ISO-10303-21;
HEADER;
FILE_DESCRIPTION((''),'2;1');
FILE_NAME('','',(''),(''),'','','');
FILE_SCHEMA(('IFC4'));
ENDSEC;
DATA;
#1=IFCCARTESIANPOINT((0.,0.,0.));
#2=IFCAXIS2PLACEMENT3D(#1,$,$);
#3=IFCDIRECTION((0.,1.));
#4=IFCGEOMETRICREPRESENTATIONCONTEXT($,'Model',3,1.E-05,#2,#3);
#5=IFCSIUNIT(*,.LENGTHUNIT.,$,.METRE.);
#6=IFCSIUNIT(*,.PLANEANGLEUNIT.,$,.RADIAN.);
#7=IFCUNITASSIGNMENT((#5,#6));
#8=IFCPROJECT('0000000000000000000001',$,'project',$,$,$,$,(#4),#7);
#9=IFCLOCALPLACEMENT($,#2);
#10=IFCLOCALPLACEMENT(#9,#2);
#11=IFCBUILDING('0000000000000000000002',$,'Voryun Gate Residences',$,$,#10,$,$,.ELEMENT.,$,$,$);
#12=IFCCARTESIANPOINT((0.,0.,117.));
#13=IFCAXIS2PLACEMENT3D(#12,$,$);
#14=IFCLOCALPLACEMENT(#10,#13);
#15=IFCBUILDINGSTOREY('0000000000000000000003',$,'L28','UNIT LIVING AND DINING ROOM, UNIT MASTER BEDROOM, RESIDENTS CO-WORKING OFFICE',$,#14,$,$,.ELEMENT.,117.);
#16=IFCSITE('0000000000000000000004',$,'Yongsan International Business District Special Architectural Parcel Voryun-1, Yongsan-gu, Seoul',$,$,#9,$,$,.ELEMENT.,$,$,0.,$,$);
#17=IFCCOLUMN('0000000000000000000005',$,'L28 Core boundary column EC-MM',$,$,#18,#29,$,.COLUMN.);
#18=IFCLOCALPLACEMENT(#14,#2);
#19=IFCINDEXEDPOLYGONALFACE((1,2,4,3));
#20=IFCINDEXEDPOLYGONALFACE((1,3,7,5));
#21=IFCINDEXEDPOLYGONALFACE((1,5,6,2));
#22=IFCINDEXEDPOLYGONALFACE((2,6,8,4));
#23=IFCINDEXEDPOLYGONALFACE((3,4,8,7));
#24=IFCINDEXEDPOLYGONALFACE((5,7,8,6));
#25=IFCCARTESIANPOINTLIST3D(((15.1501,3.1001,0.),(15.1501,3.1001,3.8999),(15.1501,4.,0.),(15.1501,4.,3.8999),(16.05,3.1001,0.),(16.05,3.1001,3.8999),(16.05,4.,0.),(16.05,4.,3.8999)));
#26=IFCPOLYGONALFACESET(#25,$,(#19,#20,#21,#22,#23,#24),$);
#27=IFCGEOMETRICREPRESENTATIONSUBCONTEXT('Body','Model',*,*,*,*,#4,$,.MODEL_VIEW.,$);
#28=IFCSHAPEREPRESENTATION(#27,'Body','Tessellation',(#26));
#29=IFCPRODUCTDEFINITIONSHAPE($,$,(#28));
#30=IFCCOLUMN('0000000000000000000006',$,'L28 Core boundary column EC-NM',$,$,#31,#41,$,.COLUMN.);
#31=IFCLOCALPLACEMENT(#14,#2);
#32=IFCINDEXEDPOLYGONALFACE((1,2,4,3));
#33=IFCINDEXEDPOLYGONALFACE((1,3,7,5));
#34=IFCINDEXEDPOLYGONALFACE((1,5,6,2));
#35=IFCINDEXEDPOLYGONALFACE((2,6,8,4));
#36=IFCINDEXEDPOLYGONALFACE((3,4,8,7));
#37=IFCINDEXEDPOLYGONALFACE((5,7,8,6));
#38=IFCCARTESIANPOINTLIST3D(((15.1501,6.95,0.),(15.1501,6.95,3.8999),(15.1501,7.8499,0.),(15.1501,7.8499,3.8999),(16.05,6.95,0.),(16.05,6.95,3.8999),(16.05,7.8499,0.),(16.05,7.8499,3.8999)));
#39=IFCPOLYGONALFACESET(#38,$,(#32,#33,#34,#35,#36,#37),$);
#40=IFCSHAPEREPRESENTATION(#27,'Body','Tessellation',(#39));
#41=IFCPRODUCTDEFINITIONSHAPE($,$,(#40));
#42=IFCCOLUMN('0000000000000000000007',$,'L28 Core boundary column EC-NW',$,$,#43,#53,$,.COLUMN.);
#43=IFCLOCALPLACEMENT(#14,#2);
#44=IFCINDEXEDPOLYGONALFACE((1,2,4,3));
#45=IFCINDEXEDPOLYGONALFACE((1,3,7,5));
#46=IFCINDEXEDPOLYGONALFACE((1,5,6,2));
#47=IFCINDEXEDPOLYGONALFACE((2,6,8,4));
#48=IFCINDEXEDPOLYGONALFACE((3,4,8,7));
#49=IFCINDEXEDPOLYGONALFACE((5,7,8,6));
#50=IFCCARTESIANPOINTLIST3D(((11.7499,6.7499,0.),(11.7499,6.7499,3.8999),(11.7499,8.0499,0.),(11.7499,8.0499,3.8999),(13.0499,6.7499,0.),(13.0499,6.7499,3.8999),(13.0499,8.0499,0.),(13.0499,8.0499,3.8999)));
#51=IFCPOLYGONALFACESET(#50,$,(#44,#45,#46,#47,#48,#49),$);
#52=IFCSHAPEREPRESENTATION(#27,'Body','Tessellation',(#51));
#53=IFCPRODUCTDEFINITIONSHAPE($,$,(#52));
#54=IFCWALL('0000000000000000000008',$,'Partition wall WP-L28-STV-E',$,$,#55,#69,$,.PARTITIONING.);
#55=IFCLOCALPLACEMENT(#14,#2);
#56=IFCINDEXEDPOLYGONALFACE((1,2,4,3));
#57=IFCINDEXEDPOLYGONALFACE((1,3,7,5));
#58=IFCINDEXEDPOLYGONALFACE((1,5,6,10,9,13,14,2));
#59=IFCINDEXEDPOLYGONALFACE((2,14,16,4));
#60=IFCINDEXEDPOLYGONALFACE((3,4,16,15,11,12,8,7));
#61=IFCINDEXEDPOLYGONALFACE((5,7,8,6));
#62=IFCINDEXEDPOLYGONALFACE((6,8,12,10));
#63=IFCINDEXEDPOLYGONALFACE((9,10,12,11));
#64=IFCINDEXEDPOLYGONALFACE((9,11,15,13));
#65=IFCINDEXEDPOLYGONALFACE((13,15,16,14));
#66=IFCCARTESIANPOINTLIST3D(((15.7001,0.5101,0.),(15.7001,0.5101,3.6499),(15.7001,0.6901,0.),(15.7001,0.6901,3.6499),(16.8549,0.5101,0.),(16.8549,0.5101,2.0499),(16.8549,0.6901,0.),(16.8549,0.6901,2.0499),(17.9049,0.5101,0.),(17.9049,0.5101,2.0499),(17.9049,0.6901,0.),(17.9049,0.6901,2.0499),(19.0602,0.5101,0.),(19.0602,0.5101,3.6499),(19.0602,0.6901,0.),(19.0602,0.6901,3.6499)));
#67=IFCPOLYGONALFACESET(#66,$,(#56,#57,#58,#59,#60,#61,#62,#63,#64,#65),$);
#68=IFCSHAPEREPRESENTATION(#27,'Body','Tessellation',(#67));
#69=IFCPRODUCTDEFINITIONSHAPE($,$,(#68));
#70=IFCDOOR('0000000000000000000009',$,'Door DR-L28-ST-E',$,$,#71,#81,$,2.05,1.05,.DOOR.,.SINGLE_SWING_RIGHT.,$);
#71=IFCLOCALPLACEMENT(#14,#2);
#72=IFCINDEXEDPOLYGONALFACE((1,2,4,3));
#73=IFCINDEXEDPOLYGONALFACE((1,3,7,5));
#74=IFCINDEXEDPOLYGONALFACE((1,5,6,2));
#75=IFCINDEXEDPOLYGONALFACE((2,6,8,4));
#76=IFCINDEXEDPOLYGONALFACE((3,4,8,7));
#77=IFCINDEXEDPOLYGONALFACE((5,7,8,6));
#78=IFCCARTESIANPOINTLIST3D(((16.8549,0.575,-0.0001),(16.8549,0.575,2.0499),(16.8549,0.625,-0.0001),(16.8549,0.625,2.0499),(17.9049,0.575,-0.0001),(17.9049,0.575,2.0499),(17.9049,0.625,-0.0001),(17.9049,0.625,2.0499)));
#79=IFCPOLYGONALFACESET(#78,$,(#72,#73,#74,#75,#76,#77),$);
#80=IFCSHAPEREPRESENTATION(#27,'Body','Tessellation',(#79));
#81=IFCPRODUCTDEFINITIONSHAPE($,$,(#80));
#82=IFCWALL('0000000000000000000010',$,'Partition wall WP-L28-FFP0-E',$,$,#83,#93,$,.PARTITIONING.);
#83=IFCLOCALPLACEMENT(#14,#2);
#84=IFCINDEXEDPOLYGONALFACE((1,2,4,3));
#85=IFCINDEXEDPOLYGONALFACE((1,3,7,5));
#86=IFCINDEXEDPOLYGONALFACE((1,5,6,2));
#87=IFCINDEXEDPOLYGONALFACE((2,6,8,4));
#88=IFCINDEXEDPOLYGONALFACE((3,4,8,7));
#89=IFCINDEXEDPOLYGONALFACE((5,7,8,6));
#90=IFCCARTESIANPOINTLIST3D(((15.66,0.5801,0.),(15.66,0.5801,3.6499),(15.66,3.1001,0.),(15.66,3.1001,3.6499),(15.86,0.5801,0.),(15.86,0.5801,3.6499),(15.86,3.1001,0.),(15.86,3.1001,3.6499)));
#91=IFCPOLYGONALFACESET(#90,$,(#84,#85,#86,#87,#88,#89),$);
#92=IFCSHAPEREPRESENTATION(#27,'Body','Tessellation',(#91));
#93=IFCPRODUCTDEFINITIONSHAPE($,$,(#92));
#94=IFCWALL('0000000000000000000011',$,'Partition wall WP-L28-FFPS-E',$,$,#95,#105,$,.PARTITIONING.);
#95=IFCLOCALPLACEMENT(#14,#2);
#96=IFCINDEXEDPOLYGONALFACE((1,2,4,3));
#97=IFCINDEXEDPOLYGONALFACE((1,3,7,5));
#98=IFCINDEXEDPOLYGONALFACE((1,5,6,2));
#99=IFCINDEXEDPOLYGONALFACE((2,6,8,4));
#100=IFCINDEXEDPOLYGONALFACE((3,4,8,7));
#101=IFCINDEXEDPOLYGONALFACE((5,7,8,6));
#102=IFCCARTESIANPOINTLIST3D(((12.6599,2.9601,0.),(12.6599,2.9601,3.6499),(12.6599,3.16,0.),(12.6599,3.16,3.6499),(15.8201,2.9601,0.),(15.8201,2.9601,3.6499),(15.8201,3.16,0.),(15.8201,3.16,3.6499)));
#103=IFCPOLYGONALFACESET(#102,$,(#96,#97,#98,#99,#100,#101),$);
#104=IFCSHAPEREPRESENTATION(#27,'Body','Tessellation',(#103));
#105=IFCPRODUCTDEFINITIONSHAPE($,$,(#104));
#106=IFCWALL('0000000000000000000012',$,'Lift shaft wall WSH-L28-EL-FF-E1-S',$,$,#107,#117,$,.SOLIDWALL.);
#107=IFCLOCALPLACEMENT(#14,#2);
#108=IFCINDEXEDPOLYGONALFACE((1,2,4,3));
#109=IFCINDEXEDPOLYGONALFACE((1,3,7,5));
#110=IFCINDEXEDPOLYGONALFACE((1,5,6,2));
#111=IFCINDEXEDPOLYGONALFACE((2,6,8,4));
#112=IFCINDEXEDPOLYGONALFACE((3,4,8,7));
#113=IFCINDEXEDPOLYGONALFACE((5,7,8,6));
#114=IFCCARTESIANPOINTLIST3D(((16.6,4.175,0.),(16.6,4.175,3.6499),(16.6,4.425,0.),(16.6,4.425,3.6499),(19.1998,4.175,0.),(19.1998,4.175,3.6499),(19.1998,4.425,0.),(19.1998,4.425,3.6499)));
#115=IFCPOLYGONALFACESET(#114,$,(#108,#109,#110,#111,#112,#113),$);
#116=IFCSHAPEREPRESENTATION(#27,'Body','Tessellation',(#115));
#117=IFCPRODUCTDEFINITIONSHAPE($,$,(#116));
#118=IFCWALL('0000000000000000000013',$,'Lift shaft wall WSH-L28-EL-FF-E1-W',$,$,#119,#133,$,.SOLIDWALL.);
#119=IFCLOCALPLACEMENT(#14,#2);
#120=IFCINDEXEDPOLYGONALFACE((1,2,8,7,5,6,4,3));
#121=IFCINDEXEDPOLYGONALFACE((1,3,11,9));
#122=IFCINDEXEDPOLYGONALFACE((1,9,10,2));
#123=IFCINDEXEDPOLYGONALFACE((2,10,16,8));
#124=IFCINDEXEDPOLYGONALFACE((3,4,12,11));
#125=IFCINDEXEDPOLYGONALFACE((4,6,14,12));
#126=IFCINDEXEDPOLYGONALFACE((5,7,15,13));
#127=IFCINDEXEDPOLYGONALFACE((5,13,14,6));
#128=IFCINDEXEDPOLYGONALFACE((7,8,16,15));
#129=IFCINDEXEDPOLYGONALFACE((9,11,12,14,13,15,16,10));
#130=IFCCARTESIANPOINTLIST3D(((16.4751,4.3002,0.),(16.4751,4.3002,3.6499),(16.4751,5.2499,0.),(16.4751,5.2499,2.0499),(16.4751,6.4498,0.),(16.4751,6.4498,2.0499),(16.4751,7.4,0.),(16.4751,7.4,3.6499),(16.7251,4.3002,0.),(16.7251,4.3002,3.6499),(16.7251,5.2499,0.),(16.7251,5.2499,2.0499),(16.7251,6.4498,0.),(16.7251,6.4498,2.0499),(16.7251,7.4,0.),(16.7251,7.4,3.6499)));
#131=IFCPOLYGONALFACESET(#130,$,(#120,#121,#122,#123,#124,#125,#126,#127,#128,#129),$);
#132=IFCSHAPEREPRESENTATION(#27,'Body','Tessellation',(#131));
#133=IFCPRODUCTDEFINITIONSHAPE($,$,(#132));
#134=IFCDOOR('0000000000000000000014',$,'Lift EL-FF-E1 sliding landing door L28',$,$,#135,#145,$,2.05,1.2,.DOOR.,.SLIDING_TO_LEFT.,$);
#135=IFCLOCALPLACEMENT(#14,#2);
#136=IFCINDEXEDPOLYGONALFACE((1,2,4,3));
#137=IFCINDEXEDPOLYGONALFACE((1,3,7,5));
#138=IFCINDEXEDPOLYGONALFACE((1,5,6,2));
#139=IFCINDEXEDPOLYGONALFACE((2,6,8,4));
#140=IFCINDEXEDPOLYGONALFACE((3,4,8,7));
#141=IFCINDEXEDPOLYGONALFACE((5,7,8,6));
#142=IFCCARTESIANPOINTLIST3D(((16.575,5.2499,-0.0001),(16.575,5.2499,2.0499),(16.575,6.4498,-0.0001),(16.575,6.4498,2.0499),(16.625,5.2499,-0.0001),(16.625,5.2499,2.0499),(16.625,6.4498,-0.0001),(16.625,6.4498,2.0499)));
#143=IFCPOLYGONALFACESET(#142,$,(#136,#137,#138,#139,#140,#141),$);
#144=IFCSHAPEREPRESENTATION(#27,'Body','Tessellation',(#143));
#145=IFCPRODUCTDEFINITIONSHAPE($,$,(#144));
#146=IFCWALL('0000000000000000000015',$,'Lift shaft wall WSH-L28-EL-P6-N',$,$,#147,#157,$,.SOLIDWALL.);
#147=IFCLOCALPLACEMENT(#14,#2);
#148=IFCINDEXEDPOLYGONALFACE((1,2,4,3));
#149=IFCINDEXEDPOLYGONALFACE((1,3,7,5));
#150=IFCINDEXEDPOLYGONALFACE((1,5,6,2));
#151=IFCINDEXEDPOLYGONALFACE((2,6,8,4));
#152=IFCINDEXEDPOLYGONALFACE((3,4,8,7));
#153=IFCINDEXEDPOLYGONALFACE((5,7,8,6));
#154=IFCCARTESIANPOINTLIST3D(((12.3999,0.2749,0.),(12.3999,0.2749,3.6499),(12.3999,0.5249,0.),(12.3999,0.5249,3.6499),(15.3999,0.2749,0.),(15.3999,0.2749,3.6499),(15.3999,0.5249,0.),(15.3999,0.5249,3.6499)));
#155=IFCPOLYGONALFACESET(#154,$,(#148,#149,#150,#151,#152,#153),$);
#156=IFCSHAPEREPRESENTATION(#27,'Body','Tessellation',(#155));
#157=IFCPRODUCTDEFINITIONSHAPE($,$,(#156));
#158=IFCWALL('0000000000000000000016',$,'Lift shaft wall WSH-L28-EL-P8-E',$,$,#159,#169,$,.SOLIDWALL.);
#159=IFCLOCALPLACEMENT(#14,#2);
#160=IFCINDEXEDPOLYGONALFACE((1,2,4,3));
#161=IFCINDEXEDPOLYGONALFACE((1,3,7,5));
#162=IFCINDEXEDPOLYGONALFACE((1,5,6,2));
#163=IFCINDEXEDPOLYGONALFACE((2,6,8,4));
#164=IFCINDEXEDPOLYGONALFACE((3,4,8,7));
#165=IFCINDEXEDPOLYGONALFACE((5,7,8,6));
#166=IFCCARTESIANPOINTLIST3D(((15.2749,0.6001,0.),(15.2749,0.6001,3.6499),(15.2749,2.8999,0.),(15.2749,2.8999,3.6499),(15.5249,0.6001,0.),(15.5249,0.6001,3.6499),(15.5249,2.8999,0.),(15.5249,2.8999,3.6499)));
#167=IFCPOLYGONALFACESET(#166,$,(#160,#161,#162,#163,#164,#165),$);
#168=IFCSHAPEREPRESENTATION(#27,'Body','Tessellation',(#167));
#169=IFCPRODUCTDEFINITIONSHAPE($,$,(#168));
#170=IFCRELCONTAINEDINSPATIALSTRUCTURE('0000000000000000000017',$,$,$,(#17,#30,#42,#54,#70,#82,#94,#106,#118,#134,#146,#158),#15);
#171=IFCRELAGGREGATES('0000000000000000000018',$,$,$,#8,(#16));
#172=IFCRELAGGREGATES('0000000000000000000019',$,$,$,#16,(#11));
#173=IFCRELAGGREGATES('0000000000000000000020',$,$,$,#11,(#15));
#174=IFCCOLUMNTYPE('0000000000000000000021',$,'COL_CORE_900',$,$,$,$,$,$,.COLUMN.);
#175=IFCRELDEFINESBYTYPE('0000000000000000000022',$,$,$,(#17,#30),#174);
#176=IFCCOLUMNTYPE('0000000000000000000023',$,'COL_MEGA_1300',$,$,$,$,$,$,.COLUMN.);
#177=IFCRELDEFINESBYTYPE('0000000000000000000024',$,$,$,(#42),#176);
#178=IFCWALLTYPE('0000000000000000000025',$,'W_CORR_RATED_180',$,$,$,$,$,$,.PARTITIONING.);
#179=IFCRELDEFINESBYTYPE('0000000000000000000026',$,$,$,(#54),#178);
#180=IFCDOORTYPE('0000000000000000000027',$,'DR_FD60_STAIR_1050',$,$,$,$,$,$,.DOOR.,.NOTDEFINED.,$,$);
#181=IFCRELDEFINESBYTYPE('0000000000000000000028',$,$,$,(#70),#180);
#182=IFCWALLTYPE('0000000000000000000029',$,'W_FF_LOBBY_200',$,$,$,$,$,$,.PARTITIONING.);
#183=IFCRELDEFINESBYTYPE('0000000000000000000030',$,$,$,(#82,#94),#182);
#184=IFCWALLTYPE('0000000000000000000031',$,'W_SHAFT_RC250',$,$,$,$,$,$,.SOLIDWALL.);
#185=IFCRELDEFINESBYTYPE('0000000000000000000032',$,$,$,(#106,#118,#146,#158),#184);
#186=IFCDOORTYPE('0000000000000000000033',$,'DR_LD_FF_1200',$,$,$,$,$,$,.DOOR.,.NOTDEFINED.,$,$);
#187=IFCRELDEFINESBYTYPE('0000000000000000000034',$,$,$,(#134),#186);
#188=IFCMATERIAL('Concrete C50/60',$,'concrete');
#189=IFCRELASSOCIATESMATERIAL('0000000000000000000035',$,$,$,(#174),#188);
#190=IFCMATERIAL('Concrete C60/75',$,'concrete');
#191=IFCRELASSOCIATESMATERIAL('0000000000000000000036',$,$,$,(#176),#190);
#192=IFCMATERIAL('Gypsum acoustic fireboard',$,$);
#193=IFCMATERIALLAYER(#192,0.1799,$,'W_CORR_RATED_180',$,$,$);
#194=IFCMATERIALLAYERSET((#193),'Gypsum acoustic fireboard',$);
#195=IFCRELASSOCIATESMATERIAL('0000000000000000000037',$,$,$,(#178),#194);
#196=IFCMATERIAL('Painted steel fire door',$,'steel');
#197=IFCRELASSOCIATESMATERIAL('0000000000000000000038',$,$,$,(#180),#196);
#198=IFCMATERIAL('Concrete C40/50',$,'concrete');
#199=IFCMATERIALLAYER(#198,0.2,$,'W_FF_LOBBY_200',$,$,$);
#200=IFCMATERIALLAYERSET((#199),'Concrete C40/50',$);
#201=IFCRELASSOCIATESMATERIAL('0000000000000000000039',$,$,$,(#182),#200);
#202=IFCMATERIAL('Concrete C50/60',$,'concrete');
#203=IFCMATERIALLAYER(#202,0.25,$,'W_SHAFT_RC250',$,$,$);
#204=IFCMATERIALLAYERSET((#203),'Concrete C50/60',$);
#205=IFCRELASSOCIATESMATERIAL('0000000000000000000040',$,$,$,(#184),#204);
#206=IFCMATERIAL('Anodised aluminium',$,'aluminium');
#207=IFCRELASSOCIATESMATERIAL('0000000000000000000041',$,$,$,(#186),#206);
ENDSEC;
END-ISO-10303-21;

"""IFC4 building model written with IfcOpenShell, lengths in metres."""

from ifc_helpers import new_model, si_unit, direction, frame, frame_2d, origin, origin_2d, place, context, subcontext, project, spatial, rectangle, extrude, material, layer, layer_set, material_profile, profile_set, type_object, element, fill, save


model = new_model("IFC4")

# Units and contexts
model_context = context("Model", 3, precision=1e-05, world=origin(), true_north=direction((0.0, 1.0)))
body_context = subcontext(model_context, "Body", "Model", "MODEL_VIEW")
ifc_project = project(units=[si_unit("LENGTHUNIT", "METRE"), si_unit("PLANEANGLEUNIT", "RADIAN")], contexts=[model_context])

# Site, building, storey
site_placement = place(None, origin())
site = spatial("IfcSite", under=ifc_project, at=site_placement, Name="Yongsan International Business District Special Architectural Parcel Voryun-1, Yongsan-gu, Seoul", CompositionType="ELEMENT", RefElevation=0.0)
building_placement = place(site_placement, origin())
building = spatial("IfcBuilding", under=site, at=building_placement, Name="Voryun Gate Residences", CompositionType="ELEMENT")
storey_placement = place(building_placement, frame((0.0, 0.0, 117.0)))
storey = spatial("IfcBuildingStorey", under=building, at=storey_placement, Name="L28", Description="UNIT LIVING AND DINING ROOM, UNIT MASTER BEDROOM, RESIDENTS CO-WORKING OFFICE", CompositionType="ELEMENT", Elevation=117.0)

# Columns
ifc_material_1 = material(Name="Concrete C50/60", Category="concrete")
ifc_material_profile_1 = material_profile(ifc_material_1, rectangle(XDim=0.8999, YDim=0.8999, at=origin_2d()), Name="RC-900x900")
ifc_profile_set_1 = profile_set([ifc_material_profile_1], Name="Concrete C50/60")
column_type_1 = type_object("IfcColumnType", Name="COL_CORE_900", PredefinedType="COLUMN", material=ifc_profile_set_1)
for number, where, z_axis, x_axis, name in (
    (1, (15.6001, 3.55, 0.0), (0.0, 0.0, 1.0), (1.0, 0.0, 0.0), "L28 Core boundary column EC-MM"),
    (2, (15.6001, 7.3999, 0.0), (0.0, 0.0, 1.0), (1.0, 0.0, 0.0), "L28 Core boundary column EC-NM"),
):
    element("IfcColumn", number, at=place(storey_placement, frame(where, z_axis=z_axis, x_axis=x_axis)), inside=storey, type_object=column_type_1, Name=name, PredefinedType="COLUMN", context=body_context, shape_type="SweptSolid", body=[
        extrude(rectangle(XDim=0.8999, YDim=0.8999, at=origin_2d()), origin(), (0.0, 0.0, 1.0), 3.8999),
    ])
ifc_material_2 = material(Name="Concrete C60/75", Category="concrete")
ifc_material_profile_2 = material_profile(ifc_material_2, rectangle(XDim=1.3, YDim=1.3, at=origin_2d()), Name="RC-1300x1300")
ifc_profile_set_2 = profile_set([ifc_material_profile_2], Name="Concrete C60/75")
column_type_2 = type_object("IfcColumnType", Name="COL_MEGA_1300", PredefinedType="COLUMN", material=ifc_profile_set_2)
column_placement = place(storey_placement, frame((12.3999, 7.3999, 0.0), z_axis=(0.0, 0.0, 1.0), x_axis=(1.0, 0.0, 0.0)))
element("IfcColumn", 3, at=column_placement, inside=storey, type_object=column_type_2, Name="L28 Core boundary column EC-NW", PredefinedType="COLUMN", context=body_context, shape_type="SweptSolid", body=[
    extrude(rectangle(XDim=1.3, YDim=1.3, at=origin_2d()), origin(), (0.0, 0.0, 1.0), 3.8999),
])

# Wall, opening, door
ifc_material_3 = material(Name="Gypsum acoustic fireboard")
ifc_layer_1 = layer(ifc_material_3, 0.1799, Name="W_CORR_RATED_180")
ifc_layer_set_1 = layer_set([ifc_layer_1], Name="Gypsum acoustic fireboard")
wall_type_1 = type_object("IfcWallType", Name="W_CORR_RATED_180", PredefinedType="PARTITIONING", material=ifc_layer_set_1)
wall_1_placement = place(storey_placement, frame((15.7, 0.6001, 0.0), z_axis=(0.0, 0.0, 1.0), x_axis=(1.0, 0.0, 0.0)))
wall_1 = element("IfcWall", 4, at=wall_1_placement, inside=storey, type_object=wall_type_1, Name="Partition wall WP-L28-STV-E", PredefinedType="PARTITIONING", context=body_context, shape_type="SweptSolid", body=[
    extrude(rectangle(XDim=3.3601, YDim=0.1799, at=frame_2d((1.6802, 0.0))), origin(), (0.0, 0.0, 1.0), 3.6499),
])
opening_1_placement = place(wall_1_placement, frame((1.155, 0.0, 0.0)))
opening_1 = element("IfcOpeningElement", 5, at=opening_1_placement, cuts=wall_1, PredefinedType="OPENING", context=body_context, shape_type="SweptSolid", body=[
    extrude(rectangle(XDim=1.05, YDim=2.05, at=frame_2d((0.5249, 1.0249))), frame((0.0, 0.0999, 0.0), z_axis=(0.0, -1.0, 0.0), x_axis=(1.0, 0.0, 0.0)), (0.0, 0.0, 1.0), 0.2),
])
ifc_material_4 = material(Name="Painted steel fire door", Category="steel")
door_type_1 = type_object("IfcDoorType", Name="DR_FD60_STAIR_1050", OperationType="NOTDEFINED", PredefinedType="DOOR", material=ifc_material_4)
door_1_placement = place(opening_1_placement, origin())
door_1 = element("IfcDoor", 6, at=door_1_placement, inside=storey, type_object=door_type_1, Name="Door DR-L28-ST-E", OperationType="SINGLE_SWING_RIGHT", OverallHeight=2.05, OverallWidth=1.05, PredefinedType="DOOR", context=body_context, shape_type="SweptSolid", body=[
    extrude(rectangle(XDim=1.05, YDim=2.05, at=frame_2d((0.5249, 1.0249))), frame((0.0, 0.0249, 0.0), z_axis=(0.0, -1.0, 0.0), x_axis=(1.0, 0.0, 0.0)), (0.0, 0.0, 1.0), 0.05),
])
fill(opening_1, door_1)

# Walls
ifc_material_5 = material(Name="Concrete C40/50", Category="concrete")
ifc_layer_2 = layer(ifc_material_5, 0.2, Name="W_FF_LOBBY_200")
ifc_layer_set_2 = layer_set([ifc_layer_2], Name="Concrete C40/50")
wall_type_2 = type_object("IfcWallType", Name="W_FF_LOBBY_200", PredefinedType="PARTITIONING", material=ifc_layer_set_2)
wall_2_placement = place(storey_placement, frame((15.76, 0.5801, 0.0), z_axis=(0.0, 0.0, 1.0), x_axis=(0.0, 1.0, 0.0)))
element("IfcWall", 7, at=wall_2_placement, inside=storey, type_object=wall_type_2, Name="Partition wall WP-L28-FFP0-E", PredefinedType="PARTITIONING", context=body_context, shape_type="SweptSolid", body=[
    extrude(rectangle(XDim=2.52, YDim=0.2, at=frame_2d((1.26, 0.0))), origin(), (0.0, 0.0, 1.0), 3.6499),
])
wall_3_placement = place(storey_placement, frame((12.6599, 3.0601, 0.0), z_axis=(0.0, 0.0, 1.0), x_axis=(1.0, 0.0, 0.0)))
element("IfcWall", 8, at=wall_3_placement, inside=storey, type_object=wall_type_2, Name="Partition wall WP-L28-FFPS-E", PredefinedType="PARTITIONING", context=body_context, shape_type="SweptSolid", body=[
    extrude(rectangle(XDim=3.1602, YDim=0.2, at=frame_2d((1.5801, 0.0))), origin(), (0.0, 0.0, 1.0), 3.6499),
])
ifc_material_6 = material(Name="Concrete C50/60", Category="concrete")
ifc_layer_3 = layer(ifc_material_6, 0.25, Name="W_SHAFT_RC250")
ifc_layer_set_3 = layer_set([ifc_layer_3], Name="Concrete C50/60")
wall_type_3 = type_object("IfcWallType", Name="W_SHAFT_RC250", PredefinedType="SOLIDWALL", material=ifc_layer_set_3)
wall_4_placement = place(storey_placement, frame((16.6001, 4.3, 0.0), z_axis=(0.0, 0.0, 1.0), x_axis=(1.0, 0.0, 0.0)))
element("IfcWall", 9, at=wall_4_placement, inside=storey, type_object=wall_type_3, Name="Lift shaft wall WSH-L28-EL-FF-E1-S", PredefinedType="SOLIDWALL", context=body_context, shape_type="SweptSolid", body=[
    extrude(rectangle(XDim=2.5999, YDim=0.25, at=frame_2d((1.2998, 0.0))), origin(), (0.0, 0.0, 1.0), 3.6499),
])

# Wall, opening, door
wall_5_placement = place(storey_placement, frame((16.6001, 7.3999, 0.0), z_axis=(0.0, 0.0, 1.0), x_axis=(0.0, -1.0, 0.0)))
wall_5 = element("IfcWall", 10, at=wall_5_placement, inside=storey, type_object=wall_type_3, Name="Lift shaft wall WSH-L28-EL-FF-E1-W", PredefinedType="SOLIDWALL", context=body_context, shape_type="SweptSolid", body=[
    extrude(rectangle(XDim=3.0999, YDim=0.25, at=frame_2d((1.5498, 0.0))), origin(), (0.0, 0.0, 1.0), 3.6499),
])
opening_2_placement = place(wall_5_placement, frame((0.95, 0.0, 0.0)))
opening_2 = element("IfcOpeningElement", 11, at=opening_2_placement, cuts=wall_5, PredefinedType="OPENING", context=body_context, shape_type="SweptSolid", body=[
    extrude(rectangle(XDim=1.2, YDim=2.05, at=frame_2d((0.6001, 1.0249))), frame((0.0, 0.135, 0.0), z_axis=(0.0, -1.0, 0.0), x_axis=(1.0, 0.0, 0.0)), (0.0, 0.0, 1.0), 0.27),
])
ifc_material_7 = material(Name="Anodised aluminium", Category="aluminium")
door_type_2 = type_object("IfcDoorType", Name="DR_LD_FF_1200", OperationType="NOTDEFINED", PredefinedType="DOOR", material=ifc_material_7)
door_2_placement = place(opening_2_placement, origin())
door_2 = element("IfcDoor", 12, at=door_2_placement, inside=storey, type_object=door_type_2, Name="Lift EL-FF-E1 sliding landing door L28", OperationType="SLIDING_TO_LEFT", OverallHeight=2.05, OverallWidth=1.2, PredefinedType="DOOR", context=body_context, shape_type="SweptSolid", body=[
    extrude(rectangle(XDim=1.2, YDim=2.05, at=frame_2d((0.6001, 1.0249))), frame((0.0, 0.0249, 0.0), z_axis=(0.0, -1.0, 0.0), x_axis=(1.0, 0.0, 0.0)), (0.0, 0.0, 1.0), 0.05),
])
fill(opening_2, door_2)

# Walls
wall_6_placement = place(storey_placement, frame((15.3999, 0.3999, 0.0), z_axis=(0.0, 0.0, 1.0), x_axis=(-1.0, 0.0, 0.0)))
element("IfcWall", 13, at=wall_6_placement, inside=storey, type_object=wall_type_3, Name="Lift shaft wall WSH-L28-EL-P6-N", PredefinedType="SOLIDWALL", context=body_context, shape_type="SweptSolid", body=[
    extrude(rectangle(XDim=3.0, YDim=0.25, at=frame_2d((1.5, 0.0))), origin(), (0.0, 0.0, 1.0), 3.6499),
])
wall_7_placement = place(storey_placement, frame((15.3999, 0.6001, 0.0), z_axis=(0.0, 0.0, 1.0), x_axis=(0.0, 1.0, 0.0)))
element("IfcWall", 14, at=wall_7_placement, inside=storey, type_object=wall_type_3, Name="Lift shaft wall WSH-L28-EL-P8-E", PredefinedType="SOLIDWALL", context=body_context, shape_type="SweptSolid", body=[
    extrude(rectangle(XDim=2.2998, YDim=0.25, at=frame_2d((1.1499, 0.0))), origin(), (0.0, 0.0, 1.0), 3.6499),
])

save(model, "model.ifc")
